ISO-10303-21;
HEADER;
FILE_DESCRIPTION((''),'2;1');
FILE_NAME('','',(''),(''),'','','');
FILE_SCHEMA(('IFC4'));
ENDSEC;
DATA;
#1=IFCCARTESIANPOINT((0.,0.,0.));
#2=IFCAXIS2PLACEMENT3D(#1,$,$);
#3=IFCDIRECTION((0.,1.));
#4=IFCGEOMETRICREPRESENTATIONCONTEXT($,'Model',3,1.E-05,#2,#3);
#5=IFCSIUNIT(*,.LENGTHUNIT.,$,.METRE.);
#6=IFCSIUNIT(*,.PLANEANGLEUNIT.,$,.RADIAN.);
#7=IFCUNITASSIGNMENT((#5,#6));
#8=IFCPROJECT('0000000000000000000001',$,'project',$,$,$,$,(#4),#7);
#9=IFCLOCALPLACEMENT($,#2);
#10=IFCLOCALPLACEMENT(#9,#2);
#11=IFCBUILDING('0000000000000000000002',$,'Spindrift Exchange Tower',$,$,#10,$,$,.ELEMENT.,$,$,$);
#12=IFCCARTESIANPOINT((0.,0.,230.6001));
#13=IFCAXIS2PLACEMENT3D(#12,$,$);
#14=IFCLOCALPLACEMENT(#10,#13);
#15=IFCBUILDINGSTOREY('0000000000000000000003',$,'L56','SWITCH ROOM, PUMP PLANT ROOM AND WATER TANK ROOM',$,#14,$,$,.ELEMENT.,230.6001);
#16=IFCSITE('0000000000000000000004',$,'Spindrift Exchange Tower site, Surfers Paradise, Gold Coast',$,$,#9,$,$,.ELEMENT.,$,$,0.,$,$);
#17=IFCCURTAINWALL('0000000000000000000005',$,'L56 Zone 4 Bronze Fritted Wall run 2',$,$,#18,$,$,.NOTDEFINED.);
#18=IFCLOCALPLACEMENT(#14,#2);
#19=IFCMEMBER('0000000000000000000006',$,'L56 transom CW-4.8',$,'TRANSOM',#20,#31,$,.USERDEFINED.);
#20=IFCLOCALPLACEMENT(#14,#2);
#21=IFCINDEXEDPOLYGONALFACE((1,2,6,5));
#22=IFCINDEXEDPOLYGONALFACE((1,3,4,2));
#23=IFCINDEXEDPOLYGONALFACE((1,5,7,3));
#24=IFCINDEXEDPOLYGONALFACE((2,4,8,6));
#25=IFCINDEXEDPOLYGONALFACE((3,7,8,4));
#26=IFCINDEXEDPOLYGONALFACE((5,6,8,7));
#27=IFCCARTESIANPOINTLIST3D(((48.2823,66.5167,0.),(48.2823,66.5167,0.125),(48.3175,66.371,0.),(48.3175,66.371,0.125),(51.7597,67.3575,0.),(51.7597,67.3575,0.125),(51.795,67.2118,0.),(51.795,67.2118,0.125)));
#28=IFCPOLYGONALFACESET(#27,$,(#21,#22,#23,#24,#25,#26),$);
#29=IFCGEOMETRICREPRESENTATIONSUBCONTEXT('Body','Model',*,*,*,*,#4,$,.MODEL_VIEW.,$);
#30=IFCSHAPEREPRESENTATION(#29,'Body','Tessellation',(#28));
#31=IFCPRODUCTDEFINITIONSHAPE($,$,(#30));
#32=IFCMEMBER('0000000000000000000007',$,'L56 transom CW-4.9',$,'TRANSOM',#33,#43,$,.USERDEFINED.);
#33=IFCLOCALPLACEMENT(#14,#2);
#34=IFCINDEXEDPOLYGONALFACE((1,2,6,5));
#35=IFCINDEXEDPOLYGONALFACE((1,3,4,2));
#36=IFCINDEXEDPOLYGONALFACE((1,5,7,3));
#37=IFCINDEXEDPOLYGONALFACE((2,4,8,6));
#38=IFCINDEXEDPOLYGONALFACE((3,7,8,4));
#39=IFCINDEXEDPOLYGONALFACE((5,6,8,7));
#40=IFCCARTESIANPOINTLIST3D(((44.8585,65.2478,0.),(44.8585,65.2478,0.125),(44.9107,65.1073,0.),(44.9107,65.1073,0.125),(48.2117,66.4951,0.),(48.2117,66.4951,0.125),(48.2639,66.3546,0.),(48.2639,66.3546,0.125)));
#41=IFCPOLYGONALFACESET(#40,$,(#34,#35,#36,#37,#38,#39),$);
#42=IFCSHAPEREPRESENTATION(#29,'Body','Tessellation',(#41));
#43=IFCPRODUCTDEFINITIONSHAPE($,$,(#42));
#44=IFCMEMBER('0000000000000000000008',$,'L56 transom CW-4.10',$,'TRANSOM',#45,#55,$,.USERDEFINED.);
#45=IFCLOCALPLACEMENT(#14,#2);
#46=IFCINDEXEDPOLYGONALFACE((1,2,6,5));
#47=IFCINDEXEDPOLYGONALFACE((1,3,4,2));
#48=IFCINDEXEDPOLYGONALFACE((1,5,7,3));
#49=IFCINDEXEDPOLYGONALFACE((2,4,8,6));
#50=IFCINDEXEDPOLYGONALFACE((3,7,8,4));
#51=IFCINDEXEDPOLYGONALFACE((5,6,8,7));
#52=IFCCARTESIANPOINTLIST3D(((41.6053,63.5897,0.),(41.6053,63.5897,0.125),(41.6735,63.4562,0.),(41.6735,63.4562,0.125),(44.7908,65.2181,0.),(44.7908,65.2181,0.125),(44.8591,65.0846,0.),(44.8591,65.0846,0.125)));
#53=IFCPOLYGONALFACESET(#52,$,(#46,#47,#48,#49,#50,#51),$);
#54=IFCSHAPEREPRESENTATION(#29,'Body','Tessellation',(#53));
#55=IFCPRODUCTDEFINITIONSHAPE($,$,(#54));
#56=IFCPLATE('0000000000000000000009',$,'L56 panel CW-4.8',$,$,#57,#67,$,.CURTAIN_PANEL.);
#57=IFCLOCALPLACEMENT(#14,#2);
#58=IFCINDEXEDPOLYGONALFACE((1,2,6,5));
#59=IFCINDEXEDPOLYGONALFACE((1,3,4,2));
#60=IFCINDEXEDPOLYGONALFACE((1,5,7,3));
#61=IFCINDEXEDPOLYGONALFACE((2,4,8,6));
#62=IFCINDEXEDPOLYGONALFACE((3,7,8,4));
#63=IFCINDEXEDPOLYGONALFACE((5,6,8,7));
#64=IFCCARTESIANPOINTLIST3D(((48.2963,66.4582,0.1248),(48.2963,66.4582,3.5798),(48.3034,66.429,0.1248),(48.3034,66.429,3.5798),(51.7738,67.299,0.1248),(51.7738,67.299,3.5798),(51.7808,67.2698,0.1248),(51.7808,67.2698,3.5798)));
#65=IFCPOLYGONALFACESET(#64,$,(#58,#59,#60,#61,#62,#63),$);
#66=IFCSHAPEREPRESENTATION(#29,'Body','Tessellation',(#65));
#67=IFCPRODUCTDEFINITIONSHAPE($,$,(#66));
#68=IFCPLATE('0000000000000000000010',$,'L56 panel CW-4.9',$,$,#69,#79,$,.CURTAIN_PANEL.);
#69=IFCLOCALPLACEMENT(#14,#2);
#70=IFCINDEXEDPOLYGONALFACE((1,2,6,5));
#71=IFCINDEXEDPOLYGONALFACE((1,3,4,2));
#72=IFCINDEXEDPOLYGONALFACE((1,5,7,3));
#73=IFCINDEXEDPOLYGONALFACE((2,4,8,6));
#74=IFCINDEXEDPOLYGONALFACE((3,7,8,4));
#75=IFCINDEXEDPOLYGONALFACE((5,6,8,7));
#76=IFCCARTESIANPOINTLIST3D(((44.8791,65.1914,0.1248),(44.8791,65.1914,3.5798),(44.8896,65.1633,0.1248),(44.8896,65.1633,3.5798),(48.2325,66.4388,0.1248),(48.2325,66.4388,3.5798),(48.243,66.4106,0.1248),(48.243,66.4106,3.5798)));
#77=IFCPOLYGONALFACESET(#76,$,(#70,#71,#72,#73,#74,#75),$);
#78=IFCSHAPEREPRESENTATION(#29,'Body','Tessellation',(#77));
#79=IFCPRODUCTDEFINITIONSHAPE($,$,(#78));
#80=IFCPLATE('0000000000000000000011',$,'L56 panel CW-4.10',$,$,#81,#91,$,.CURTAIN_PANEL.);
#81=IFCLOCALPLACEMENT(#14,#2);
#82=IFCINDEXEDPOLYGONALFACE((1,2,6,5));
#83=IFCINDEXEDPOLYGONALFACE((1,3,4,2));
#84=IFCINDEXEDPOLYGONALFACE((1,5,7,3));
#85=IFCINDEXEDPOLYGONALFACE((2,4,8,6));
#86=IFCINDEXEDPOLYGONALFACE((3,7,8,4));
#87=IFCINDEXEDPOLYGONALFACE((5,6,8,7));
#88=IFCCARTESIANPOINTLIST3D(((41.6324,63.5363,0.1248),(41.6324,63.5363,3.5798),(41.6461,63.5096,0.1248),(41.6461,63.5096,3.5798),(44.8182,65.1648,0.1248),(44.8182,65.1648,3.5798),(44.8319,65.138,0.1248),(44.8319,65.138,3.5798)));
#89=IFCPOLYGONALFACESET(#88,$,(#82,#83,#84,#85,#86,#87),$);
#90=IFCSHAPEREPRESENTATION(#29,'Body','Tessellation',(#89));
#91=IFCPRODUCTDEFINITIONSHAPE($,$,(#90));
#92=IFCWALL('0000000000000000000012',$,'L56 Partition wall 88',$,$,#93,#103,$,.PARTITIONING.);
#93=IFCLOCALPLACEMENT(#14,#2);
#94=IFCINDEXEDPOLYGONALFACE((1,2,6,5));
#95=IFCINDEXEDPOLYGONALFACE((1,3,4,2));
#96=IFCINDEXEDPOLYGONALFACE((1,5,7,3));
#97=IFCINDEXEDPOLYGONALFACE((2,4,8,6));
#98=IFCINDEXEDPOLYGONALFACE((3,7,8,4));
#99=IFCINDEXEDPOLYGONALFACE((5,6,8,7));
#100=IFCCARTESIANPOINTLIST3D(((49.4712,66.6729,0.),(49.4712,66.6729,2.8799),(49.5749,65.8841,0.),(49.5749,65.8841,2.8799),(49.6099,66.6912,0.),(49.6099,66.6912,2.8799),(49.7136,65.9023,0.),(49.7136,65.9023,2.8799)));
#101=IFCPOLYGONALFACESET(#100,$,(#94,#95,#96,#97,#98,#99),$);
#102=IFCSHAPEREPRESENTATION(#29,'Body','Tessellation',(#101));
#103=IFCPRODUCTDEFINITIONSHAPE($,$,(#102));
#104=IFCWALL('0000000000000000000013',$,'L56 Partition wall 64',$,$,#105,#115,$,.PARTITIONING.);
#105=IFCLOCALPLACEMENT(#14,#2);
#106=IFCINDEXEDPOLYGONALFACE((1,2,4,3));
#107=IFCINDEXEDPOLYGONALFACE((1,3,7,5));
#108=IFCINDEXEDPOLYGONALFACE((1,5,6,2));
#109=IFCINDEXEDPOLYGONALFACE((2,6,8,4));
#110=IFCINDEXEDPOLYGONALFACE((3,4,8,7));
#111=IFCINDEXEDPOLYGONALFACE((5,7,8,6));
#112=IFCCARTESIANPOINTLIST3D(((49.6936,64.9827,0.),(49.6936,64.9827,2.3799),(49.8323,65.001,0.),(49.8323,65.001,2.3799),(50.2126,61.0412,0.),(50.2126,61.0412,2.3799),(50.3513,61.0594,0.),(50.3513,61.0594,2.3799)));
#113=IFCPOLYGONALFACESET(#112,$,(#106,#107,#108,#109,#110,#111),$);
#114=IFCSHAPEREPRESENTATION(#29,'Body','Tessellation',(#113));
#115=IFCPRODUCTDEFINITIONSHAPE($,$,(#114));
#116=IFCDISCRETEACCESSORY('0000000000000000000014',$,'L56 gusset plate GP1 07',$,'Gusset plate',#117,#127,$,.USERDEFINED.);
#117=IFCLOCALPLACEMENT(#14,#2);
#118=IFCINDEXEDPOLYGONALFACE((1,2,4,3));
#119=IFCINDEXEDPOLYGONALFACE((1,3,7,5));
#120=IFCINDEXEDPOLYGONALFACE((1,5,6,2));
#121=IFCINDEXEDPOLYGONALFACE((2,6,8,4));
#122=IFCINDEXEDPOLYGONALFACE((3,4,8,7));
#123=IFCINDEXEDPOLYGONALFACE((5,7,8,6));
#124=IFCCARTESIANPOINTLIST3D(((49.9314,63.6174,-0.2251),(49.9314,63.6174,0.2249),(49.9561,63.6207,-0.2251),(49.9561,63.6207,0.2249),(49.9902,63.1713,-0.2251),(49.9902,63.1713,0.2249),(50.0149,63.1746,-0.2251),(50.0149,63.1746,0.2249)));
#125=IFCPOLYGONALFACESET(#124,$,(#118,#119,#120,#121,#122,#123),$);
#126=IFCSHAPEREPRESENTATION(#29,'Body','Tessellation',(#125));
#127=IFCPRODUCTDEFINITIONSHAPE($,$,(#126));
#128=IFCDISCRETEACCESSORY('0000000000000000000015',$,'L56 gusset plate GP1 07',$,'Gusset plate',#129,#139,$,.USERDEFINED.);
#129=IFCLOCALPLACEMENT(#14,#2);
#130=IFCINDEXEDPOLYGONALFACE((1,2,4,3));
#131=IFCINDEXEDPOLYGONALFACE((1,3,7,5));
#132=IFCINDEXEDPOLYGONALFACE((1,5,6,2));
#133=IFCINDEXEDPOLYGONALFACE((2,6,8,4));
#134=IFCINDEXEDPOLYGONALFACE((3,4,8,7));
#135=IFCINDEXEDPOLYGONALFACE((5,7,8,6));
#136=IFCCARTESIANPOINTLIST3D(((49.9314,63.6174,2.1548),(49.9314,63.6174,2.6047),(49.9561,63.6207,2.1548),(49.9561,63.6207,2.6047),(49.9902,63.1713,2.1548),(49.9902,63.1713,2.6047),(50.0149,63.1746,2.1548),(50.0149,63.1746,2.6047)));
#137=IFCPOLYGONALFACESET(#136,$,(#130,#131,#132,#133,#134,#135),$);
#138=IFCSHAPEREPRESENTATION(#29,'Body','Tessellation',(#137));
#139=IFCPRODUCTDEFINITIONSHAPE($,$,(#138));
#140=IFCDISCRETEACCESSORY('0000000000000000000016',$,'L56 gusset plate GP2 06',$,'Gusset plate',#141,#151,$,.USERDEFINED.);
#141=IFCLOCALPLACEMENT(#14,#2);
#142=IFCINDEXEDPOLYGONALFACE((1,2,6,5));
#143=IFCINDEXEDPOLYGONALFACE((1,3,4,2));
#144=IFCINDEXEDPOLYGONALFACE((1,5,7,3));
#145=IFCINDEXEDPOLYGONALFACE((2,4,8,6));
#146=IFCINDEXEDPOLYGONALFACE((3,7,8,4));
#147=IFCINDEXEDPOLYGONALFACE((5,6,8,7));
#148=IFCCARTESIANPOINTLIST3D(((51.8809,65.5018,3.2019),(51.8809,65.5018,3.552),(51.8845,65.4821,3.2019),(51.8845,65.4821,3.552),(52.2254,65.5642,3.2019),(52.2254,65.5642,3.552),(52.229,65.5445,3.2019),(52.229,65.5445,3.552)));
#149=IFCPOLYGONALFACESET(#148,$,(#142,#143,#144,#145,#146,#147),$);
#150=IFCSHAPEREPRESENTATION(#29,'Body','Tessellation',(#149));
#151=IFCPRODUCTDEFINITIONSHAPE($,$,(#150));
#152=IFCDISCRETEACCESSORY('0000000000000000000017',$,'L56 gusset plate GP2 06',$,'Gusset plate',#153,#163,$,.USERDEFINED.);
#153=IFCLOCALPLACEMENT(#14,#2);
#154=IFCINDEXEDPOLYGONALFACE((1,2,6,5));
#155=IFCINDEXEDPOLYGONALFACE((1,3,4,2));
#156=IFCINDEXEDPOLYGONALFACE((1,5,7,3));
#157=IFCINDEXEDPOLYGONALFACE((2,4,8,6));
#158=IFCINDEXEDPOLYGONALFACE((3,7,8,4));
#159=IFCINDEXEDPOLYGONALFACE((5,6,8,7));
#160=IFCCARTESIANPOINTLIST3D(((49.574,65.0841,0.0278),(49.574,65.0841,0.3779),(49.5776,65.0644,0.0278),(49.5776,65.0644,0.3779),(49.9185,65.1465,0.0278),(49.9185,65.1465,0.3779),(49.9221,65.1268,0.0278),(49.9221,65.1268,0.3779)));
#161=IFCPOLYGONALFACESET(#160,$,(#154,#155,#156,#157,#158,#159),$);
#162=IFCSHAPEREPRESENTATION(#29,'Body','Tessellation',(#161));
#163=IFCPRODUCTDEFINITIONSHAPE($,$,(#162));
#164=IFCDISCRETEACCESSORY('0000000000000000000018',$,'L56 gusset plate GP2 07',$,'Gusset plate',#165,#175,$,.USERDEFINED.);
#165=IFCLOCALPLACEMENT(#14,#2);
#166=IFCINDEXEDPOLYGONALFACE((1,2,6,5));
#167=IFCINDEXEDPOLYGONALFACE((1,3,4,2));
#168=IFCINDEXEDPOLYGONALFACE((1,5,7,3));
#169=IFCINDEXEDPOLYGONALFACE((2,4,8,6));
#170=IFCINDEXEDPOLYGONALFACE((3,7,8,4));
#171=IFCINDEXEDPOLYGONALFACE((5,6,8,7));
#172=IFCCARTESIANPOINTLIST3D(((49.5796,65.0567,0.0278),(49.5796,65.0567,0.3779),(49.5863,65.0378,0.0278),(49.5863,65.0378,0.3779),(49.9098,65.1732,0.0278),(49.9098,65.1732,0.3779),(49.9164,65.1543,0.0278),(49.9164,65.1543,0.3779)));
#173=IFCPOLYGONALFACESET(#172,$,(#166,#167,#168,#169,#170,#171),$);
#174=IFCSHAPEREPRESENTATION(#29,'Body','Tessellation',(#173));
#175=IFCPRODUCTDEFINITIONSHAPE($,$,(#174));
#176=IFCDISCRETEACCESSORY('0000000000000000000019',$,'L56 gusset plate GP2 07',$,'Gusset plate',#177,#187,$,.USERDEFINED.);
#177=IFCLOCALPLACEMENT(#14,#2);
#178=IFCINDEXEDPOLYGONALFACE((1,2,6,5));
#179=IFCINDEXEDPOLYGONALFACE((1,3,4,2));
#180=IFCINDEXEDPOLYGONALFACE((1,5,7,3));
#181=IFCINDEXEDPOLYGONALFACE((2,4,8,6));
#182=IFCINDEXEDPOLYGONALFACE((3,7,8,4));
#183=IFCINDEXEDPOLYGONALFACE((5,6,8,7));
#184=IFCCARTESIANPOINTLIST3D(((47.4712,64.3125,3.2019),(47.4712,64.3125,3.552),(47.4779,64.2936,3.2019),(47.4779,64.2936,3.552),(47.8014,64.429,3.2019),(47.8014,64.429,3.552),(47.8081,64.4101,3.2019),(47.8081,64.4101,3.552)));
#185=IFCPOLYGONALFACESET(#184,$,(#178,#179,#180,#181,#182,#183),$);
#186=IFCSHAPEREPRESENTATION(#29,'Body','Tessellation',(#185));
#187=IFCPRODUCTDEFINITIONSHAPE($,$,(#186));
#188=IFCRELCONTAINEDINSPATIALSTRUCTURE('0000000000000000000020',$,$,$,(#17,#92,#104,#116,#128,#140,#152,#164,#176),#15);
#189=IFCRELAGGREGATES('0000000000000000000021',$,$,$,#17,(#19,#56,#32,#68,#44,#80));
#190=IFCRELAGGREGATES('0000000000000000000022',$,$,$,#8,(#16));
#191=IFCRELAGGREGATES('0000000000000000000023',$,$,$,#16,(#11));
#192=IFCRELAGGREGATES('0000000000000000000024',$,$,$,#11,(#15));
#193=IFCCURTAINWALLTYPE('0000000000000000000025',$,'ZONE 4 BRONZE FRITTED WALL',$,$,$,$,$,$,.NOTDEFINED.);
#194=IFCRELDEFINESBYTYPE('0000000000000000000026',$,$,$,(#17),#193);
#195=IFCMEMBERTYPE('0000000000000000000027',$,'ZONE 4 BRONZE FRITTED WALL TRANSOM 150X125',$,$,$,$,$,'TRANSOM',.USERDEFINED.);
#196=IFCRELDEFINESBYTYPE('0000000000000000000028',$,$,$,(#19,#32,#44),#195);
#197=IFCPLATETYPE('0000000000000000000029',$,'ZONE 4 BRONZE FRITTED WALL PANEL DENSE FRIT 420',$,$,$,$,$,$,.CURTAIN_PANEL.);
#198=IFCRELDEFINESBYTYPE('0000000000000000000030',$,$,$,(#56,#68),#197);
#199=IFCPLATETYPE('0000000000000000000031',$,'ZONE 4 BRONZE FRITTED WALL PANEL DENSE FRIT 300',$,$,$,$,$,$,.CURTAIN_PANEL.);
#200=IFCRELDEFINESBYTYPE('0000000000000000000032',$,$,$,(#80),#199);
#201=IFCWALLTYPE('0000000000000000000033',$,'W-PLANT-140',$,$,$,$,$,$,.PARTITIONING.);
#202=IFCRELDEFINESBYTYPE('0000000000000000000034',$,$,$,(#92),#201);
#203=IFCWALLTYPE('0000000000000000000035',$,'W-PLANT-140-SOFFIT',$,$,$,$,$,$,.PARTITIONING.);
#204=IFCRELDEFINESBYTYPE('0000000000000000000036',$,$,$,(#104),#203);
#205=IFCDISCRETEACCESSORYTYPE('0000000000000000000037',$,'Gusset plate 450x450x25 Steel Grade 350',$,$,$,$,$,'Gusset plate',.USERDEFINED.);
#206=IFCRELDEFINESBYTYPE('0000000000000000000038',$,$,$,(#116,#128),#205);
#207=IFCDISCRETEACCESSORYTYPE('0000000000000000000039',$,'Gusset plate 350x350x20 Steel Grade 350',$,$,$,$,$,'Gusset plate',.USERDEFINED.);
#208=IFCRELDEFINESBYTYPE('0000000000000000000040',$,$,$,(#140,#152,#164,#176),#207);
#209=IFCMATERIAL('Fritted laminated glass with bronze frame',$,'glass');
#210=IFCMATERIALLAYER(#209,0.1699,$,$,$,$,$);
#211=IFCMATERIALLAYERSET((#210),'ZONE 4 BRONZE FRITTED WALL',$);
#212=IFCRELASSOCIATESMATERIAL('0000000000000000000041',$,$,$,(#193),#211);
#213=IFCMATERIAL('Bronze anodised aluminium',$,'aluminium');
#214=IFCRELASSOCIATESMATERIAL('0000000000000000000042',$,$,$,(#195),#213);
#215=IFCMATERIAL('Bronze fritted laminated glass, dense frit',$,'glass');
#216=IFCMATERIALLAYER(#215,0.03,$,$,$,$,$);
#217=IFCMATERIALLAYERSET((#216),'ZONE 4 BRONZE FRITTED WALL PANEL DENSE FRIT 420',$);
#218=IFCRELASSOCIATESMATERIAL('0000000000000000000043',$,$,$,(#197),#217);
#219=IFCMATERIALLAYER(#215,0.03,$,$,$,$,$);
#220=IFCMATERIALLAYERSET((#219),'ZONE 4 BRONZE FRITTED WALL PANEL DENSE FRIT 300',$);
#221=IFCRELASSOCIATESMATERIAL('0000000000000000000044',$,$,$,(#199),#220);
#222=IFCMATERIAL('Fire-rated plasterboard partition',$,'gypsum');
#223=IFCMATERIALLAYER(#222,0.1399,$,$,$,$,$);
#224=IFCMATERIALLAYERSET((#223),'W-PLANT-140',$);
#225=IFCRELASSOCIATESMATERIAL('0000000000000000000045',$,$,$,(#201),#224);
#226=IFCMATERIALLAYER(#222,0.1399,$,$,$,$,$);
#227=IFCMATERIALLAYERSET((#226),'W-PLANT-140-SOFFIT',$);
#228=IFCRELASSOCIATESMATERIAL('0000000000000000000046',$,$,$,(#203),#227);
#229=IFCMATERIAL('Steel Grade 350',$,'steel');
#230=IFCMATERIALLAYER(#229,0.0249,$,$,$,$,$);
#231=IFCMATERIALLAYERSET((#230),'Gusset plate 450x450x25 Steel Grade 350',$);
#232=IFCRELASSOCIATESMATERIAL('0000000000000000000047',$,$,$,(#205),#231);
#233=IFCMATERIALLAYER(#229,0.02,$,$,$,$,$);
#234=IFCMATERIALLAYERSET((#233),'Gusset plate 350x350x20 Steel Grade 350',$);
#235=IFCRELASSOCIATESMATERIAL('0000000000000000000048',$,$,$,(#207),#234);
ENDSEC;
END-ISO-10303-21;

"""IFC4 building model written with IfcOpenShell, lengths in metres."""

from ifc_helpers import new_model, si_unit, direction, frame, frame_2d, origin, origin_2d, place, context, subcontext, project, spatial, rectangle, extrude, source, transform, mapped, material, layer, layer_set, material_profile, profile_set, type_object, element, aggregate, save


model = new_model("IFC4")

# Units and contexts
model_context = context("Model", 3, precision=1e-05, world=origin(), true_north=direction((0.0, 1.0)))
body_context = subcontext(model_context, "Body", "Model", "MODEL_VIEW")
ifc_project = project(units=[si_unit("LENGTHUNIT", "METRE"), si_unit("PLANEANGLEUNIT", "RADIAN")], contexts=[model_context])

# Site, building, storey
site_placement = place(None, origin())
site = spatial("IfcSite", under=ifc_project, at=site_placement, Name="Spindrift Exchange Tower site, Surfers Paradise, Gold Coast", CompositionType="ELEMENT", RefElevation=0.0)
building_placement = place(site_placement, origin())
building = spatial("IfcBuilding", under=site, at=building_placement, Name="Spindrift Exchange Tower", CompositionType="ELEMENT")
storey_placement = place(building_placement, frame((0.0, 0.0, 230.6001)))
storey = spatial("IfcBuildingStorey", under=building, at=storey_placement, Name="L56", Description="SWITCH ROOM, PUMP PLANT ROOM AND WATER TANK ROOM", CompositionType="ELEMENT", Elevation=230.6001)

# Shared definitions
ifc_material_1 = material(Name="Steel Grade 350", Category="steel")

# Curtain wall, members, plates
ifc_material_2 = material(Name="Fritted laminated glass with bronze frame", Category="glass")
ifc_layer_1 = layer(ifc_material_2, 0.1699)
ifc_layer_set_1 = layer_set([ifc_layer_1], Name="ZONE 4 BRONZE FRITTED WALL")
curtain_wall_type = type_object("IfcCurtainWallType", Name="ZONE 4 BRONZE FRITTED WALL", PredefinedType="NOTDEFINED", material=ifc_layer_set_1)
curtain_wall_placement = place(storey_placement, origin())
curtain_wall = element("IfcCurtainWall", 1, at=curtain_wall_placement, inside=storey, type_object=curtain_wall_type, Name="L56 Zone 4 Bronze Fritted Wall run 2", PredefinedType="NOTDEFINED")
ifc_material_3 = material(Name="Bronze anodised aluminium", Category="aluminium")
ifc_material_profile_1 = material_profile(ifc_material_3, rectangle(XDim=0.1499, YDim=0.125, at=origin_2d()), Name="ZONE 4 BRONZE FRITTED WALL TRANSOM 150X125")
ifc_profile_set_1 = profile_set([ifc_material_profile_1], Name="Bronze anodised aluminium")
member_type_1 = type_object("IfcMemberType", Name="ZONE 4 BRONZE FRITTED WALL TRANSOM 150X125", ElementType="TRANSOM", PredefinedType="USERDEFINED", material=ifc_profile_set_1)
shared_shape_1 = source(origin(), body_context, "Body", "SweptSolid", [
    extrude(rectangle(XDim=0.1499, YDim=0.125, at=origin_2d()), origin(), (0.0, 0.0, 1.0), 3.5776),
])
member_1_placement = place(storey_placement, frame((51.7773, 67.2847, 0.0625), z_axis=(-0.971992, -0.235014, 0.0), x_axis=(0.235014, -0.971992, 0.0)))
member_1 = element("IfcMember", 2, at=member_1_placement, type_object=member_type_1, Name="L56 transom CW-4.8", ObjectType="TRANSOM", PredefinedType="USERDEFINED", context=body_context, shape_type="MappedRepresentation", body=[
    mapped(shared_shape_1, transform((0.0, 0.0, 0.0), scale=1.0)),
])
member_2_placement = place(storey_placement, frame((48.2378, 66.4248, 0.0625), z_axis=(-0.93726, -0.348632, 0.0), x_axis=(0.348632, -0.93726, 0.0)))
member_2 = element("IfcMember", 3, at=member_2_placement, type_object=member_type_1, Name="L56 transom CW-4.9", ObjectType="TRANSOM", PredefinedType="USERDEFINED", context=body_context, shape_type="MappedRepresentation", body=[
    mapped(shared_shape_1, transform((0.0, 0.0, 0.0), scale=1.0)),
])
member_3_placement = place(storey_placement, frame((44.825, 65.1514, 0.0625), z_axis=(-0.890406, -0.455166, 0.0), x_axis=(0.455166, -0.890406, 0.0)))
member_3 = element("IfcMember", 4, at=member_3_placement, type_object=member_type_1, Name="L56 transom CW-4.10", ObjectType="TRANSOM", PredefinedType="USERDEFINED", context=body_context, shape_type="MappedRepresentation", body=[
    mapped(shared_shape_1, transform((0.0, 0.0, 0.0), scale=1.0)),
])
ifc_material_4 = material(Name="Bronze fritted laminated glass, dense frit", Category="glass")
ifc_layer_2 = layer(ifc_material_4, 0.03)
ifc_layer_set_2 = layer_set([ifc_layer_2], Name="ZONE 4 BRONZE FRITTED WALL PANEL DENSE FRIT 420")
plate_type_1 = type_object("IfcPlateType", Name="ZONE 4 BRONZE FRITTED WALL PANEL DENSE FRIT 420", PredefinedType="CURTAIN_PANEL", material=ifc_layer_set_2)
shared_shape_2 = source(origin(), body_context, "Body", "SweptSolid", [
    extrude(rectangle(XDim=3.5776, YDim=0.03, at=origin_2d()), origin(), (0.0, 0.0, 1.0), 3.4551),
])
plate_1_placement = place(storey_placement, frame((50.0386, 66.864, 0.1248), z_axis=(0.0, 0.0, 1.0), x_axis=(-0.971991, -0.235017, 0.0)))
plate_1 = element("IfcPlate", 5, at=plate_1_placement, type_object=plate_type_1, Name="L56 panel CW-4.8", PredefinedType="CURTAIN_PANEL", context=body_context, shape_type="MappedRepresentation", body=[
    mapped(shared_shape_2, transform((0.0, 0.0, 0.0), scale=1.0)),
])
shared_shape_3 = source(origin(), body_context, "Body", "SweptSolid", [
    extrude(rectangle(XDim=3.5779, YDim=0.03, at=origin_2d()), origin(), (0.0, 0.0, 1.0), 3.4551),
])
plate_2_placement = place(storey_placement, frame((46.561, 65.801, 0.1248), z_axis=(0.0, 0.0, 1.0), x_axis=(-0.937258, -0.348637, 0.0)))
plate_2 = element("IfcPlate", 6, at=plate_2_placement, type_object=plate_type_1, Name="L56 panel CW-4.9", PredefinedType="CURTAIN_PANEL", context=body_context, shape_type="MappedRepresentation", body=[
    mapped(shared_shape_3, transform((0.0, 0.0, 0.0), scale=1.0)),
])
ifc_layer_3 = layer(ifc_material_4, 0.03)
ifc_layer_set_3 = layer_set([ifc_layer_3], Name="ZONE 4 BRONZE FRITTED WALL PANEL DENSE FRIT 300")
plate_type_2 = type_object("IfcPlateType", Name="ZONE 4 BRONZE FRITTED WALL PANEL DENSE FRIT 300", PredefinedType="CURTAIN_PANEL", material=ifc_layer_set_3)
shared_shape_4 = source(origin(), body_context, "Body", "SweptSolid", [
    extrude(rectangle(XDim=3.5779, YDim=0.03, at=origin_2d()), origin(), (0.0, 0.0, 1.0), 3.4551),
])
plate_3_placement = place(storey_placement, frame((43.2322, 64.3372, 0.1248), z_axis=(0.0, 0.0, 1.0), x_axis=(-0.890417, -0.455146, 0.0)))
plate_3 = element("IfcPlate", 7, at=plate_3_placement, type_object=plate_type_2, Name="L56 panel CW-4.10", PredefinedType="CURTAIN_PANEL", context=body_context, shape_type="MappedRepresentation", body=[
    mapped(shared_shape_4, transform((0.0, 0.0, 0.0), scale=1.0)),
])
aggregate(curtain_wall, [member_1, plate_1, member_2, plate_2, member_3, plate_3])

# Walls
ifc_material_5 = material(Name="Fire-rated plasterboard partition", Category="gypsum")
ifc_layer_4 = layer(ifc_material_5, 0.1399)
ifc_layer_set_4 = layer_set([ifc_layer_4], Name="W-PLANT-140")
wall_type_1 = type_object("IfcWallType", Name="W-PLANT-140", PredefinedType="PARTITIONING", material=ifc_layer_set_4)
wall_1_placement = place(storey_placement, frame((49.6443, 65.8931, 0.0), z_axis=(0.0, 0.0, 1.0), x_axis=(-0.130415, 0.99146, 0.0)))
element("IfcWall", 8, at=wall_1_placement, inside=storey, type_object=wall_type_1, Name="L56 Partition wall 88", PredefinedType="PARTITIONING", context=body_context, shape_type="SweptSolid", body=[
    extrude(rectangle(XDim=0.7957, YDim=0.1399, at=frame_2d((0.3979, 0.0))), origin(), (0.0, 0.0, 1.0), 2.8799),
])
ifc_layer_5 = layer(ifc_material_5, 0.1399)
ifc_layer_set_5 = layer_set([ifc_layer_5], Name="W-PLANT-140-SOFFIT")
wall_type_2 = type_object("IfcWallType", Name="W-PLANT-140-SOFFIT", PredefinedType="PARTITIONING", material=ifc_layer_set_5)
wall_2_placement = place(storey_placement, frame((50.282, 61.0503, 0.0), z_axis=(0.0, 0.0, 1.0), x_axis=(-0.130555, 0.991441, 0.0)))
element("IfcWall", 9, at=wall_2_placement, inside=storey, type_object=wall_type_2, Name="L56 Partition wall 64", PredefinedType="PARTITIONING", context=body_context, shape_type="SweptSolid", body=[
    extrude(rectangle(XDim=3.9756, YDim=0.1399, at=frame_2d((1.9878, 0.0))), origin(), (0.0, 0.0, 1.0), 2.3799),
])

# Discrete accessories
ifc_layer_6 = layer(ifc_material_1, 0.0249)
ifc_layer_set_6 = layer_set([ifc_layer_6], Name="Gusset plate 450x450x25 Steel Grade 350")
discrete_accessory_type_1 = type_object("IfcDiscreteAccessoryType", Name="Gusset plate 450x450x25 Steel Grade 350", ElementType="Gusset plate", PredefinedType="USERDEFINED", material=ifc_layer_set_6)
shared_shape_5 = source(origin(), body_context, "Body", "SweptSolid", [
    extrude(rectangle(XDim=0.45, YDim=0.0249, at=origin_2d()), origin(), (0.0, 0.0, 1.0), 0.45),
])
for number, where, z_axis, x_axis, name in (
    (10, (49.9731, 63.396, -0.2251), (0.0, 0.0, 1.0), (-0.130526, 0.991445, 0.0), "L56 gusset plate GP1 07"),
    (11, (49.9731, 63.396, 2.1548), (0.0, 0.0, 1.0), (-0.130526, 0.991445, 0.0), "L56 gusset plate GP1 07"),
):
    element("IfcDiscreteAccessory", number, at=place(storey_placement, frame(where, z_axis=z_axis, x_axis=x_axis)), inside=storey, type_object=discrete_accessory_type_1, Name=name, ObjectType="Gusset plate", PredefinedType="USERDEFINED", context=body_context, shape_type="MappedRepresentation", body=[
        mapped(shared_shape_5, transform((0.0, 0.0, 0.0), scale=1.0)),
    ])
ifc_layer_7 = layer(ifc_material_1, 0.02)
ifc_layer_set_7 = layer_set([ifc_layer_7], Name="Gusset plate 350x350x20 Steel Grade 350")
discrete_accessory_type_2 = type_object("IfcDiscreteAccessoryType", Name="Gusset plate 350x350x20 Steel Grade 350", ElementType="Gusset plate", PredefinedType="USERDEFINED", material=ifc_layer_set_7)
shared_shape_6 = source(origin(), body_context, "Body", "SweptSolid", [
    extrude(rectangle(XDim=0.3501, YDim=0.02, at=origin_2d()), origin(), (0.0, 0.0, 1.0), 0.3501),
])
for number, where, z_axis, x_axis, name in (
    (12, (52.0549, 65.5232, 3.2019), (0.0, 0.0, 1.0), (-0.983986, -0.178244, 0.0), "L56 gusset plate GP2 06"),
    (13, (49.748, 65.1055, 0.0278), (0.0, 0.0, 1.0), (-0.983985, -0.178251, 0.0), "L56 gusset plate GP2 06"),
    (14, (49.748, 65.1055, 0.0278), (0.0, 0.0, 1.0), (-0.943001, -0.33279, 0.0), "L56 gusset plate GP2 07"),
    (15, (47.6396, 64.3613, 3.2019), (0.0, 0.0, 1.0), (-0.943001, -0.33279, 0.0), "L56 gusset plate GP2 07"),
):
    element("IfcDiscreteAccessory", number, at=place(storey_placement, frame(where, z_axis=z_axis, x_axis=x_axis)), inside=storey, type_object=discrete_accessory_type_2, Name=name, ObjectType="Gusset plate", PredefinedType="USERDEFINED", context=body_context, shape_type="MappedRepresentation", body=[
        mapped(shared_shape_6, transform((0.0, 0.0, 0.0), scale=1.0)),
    ])

save(model, "model.ifc")
